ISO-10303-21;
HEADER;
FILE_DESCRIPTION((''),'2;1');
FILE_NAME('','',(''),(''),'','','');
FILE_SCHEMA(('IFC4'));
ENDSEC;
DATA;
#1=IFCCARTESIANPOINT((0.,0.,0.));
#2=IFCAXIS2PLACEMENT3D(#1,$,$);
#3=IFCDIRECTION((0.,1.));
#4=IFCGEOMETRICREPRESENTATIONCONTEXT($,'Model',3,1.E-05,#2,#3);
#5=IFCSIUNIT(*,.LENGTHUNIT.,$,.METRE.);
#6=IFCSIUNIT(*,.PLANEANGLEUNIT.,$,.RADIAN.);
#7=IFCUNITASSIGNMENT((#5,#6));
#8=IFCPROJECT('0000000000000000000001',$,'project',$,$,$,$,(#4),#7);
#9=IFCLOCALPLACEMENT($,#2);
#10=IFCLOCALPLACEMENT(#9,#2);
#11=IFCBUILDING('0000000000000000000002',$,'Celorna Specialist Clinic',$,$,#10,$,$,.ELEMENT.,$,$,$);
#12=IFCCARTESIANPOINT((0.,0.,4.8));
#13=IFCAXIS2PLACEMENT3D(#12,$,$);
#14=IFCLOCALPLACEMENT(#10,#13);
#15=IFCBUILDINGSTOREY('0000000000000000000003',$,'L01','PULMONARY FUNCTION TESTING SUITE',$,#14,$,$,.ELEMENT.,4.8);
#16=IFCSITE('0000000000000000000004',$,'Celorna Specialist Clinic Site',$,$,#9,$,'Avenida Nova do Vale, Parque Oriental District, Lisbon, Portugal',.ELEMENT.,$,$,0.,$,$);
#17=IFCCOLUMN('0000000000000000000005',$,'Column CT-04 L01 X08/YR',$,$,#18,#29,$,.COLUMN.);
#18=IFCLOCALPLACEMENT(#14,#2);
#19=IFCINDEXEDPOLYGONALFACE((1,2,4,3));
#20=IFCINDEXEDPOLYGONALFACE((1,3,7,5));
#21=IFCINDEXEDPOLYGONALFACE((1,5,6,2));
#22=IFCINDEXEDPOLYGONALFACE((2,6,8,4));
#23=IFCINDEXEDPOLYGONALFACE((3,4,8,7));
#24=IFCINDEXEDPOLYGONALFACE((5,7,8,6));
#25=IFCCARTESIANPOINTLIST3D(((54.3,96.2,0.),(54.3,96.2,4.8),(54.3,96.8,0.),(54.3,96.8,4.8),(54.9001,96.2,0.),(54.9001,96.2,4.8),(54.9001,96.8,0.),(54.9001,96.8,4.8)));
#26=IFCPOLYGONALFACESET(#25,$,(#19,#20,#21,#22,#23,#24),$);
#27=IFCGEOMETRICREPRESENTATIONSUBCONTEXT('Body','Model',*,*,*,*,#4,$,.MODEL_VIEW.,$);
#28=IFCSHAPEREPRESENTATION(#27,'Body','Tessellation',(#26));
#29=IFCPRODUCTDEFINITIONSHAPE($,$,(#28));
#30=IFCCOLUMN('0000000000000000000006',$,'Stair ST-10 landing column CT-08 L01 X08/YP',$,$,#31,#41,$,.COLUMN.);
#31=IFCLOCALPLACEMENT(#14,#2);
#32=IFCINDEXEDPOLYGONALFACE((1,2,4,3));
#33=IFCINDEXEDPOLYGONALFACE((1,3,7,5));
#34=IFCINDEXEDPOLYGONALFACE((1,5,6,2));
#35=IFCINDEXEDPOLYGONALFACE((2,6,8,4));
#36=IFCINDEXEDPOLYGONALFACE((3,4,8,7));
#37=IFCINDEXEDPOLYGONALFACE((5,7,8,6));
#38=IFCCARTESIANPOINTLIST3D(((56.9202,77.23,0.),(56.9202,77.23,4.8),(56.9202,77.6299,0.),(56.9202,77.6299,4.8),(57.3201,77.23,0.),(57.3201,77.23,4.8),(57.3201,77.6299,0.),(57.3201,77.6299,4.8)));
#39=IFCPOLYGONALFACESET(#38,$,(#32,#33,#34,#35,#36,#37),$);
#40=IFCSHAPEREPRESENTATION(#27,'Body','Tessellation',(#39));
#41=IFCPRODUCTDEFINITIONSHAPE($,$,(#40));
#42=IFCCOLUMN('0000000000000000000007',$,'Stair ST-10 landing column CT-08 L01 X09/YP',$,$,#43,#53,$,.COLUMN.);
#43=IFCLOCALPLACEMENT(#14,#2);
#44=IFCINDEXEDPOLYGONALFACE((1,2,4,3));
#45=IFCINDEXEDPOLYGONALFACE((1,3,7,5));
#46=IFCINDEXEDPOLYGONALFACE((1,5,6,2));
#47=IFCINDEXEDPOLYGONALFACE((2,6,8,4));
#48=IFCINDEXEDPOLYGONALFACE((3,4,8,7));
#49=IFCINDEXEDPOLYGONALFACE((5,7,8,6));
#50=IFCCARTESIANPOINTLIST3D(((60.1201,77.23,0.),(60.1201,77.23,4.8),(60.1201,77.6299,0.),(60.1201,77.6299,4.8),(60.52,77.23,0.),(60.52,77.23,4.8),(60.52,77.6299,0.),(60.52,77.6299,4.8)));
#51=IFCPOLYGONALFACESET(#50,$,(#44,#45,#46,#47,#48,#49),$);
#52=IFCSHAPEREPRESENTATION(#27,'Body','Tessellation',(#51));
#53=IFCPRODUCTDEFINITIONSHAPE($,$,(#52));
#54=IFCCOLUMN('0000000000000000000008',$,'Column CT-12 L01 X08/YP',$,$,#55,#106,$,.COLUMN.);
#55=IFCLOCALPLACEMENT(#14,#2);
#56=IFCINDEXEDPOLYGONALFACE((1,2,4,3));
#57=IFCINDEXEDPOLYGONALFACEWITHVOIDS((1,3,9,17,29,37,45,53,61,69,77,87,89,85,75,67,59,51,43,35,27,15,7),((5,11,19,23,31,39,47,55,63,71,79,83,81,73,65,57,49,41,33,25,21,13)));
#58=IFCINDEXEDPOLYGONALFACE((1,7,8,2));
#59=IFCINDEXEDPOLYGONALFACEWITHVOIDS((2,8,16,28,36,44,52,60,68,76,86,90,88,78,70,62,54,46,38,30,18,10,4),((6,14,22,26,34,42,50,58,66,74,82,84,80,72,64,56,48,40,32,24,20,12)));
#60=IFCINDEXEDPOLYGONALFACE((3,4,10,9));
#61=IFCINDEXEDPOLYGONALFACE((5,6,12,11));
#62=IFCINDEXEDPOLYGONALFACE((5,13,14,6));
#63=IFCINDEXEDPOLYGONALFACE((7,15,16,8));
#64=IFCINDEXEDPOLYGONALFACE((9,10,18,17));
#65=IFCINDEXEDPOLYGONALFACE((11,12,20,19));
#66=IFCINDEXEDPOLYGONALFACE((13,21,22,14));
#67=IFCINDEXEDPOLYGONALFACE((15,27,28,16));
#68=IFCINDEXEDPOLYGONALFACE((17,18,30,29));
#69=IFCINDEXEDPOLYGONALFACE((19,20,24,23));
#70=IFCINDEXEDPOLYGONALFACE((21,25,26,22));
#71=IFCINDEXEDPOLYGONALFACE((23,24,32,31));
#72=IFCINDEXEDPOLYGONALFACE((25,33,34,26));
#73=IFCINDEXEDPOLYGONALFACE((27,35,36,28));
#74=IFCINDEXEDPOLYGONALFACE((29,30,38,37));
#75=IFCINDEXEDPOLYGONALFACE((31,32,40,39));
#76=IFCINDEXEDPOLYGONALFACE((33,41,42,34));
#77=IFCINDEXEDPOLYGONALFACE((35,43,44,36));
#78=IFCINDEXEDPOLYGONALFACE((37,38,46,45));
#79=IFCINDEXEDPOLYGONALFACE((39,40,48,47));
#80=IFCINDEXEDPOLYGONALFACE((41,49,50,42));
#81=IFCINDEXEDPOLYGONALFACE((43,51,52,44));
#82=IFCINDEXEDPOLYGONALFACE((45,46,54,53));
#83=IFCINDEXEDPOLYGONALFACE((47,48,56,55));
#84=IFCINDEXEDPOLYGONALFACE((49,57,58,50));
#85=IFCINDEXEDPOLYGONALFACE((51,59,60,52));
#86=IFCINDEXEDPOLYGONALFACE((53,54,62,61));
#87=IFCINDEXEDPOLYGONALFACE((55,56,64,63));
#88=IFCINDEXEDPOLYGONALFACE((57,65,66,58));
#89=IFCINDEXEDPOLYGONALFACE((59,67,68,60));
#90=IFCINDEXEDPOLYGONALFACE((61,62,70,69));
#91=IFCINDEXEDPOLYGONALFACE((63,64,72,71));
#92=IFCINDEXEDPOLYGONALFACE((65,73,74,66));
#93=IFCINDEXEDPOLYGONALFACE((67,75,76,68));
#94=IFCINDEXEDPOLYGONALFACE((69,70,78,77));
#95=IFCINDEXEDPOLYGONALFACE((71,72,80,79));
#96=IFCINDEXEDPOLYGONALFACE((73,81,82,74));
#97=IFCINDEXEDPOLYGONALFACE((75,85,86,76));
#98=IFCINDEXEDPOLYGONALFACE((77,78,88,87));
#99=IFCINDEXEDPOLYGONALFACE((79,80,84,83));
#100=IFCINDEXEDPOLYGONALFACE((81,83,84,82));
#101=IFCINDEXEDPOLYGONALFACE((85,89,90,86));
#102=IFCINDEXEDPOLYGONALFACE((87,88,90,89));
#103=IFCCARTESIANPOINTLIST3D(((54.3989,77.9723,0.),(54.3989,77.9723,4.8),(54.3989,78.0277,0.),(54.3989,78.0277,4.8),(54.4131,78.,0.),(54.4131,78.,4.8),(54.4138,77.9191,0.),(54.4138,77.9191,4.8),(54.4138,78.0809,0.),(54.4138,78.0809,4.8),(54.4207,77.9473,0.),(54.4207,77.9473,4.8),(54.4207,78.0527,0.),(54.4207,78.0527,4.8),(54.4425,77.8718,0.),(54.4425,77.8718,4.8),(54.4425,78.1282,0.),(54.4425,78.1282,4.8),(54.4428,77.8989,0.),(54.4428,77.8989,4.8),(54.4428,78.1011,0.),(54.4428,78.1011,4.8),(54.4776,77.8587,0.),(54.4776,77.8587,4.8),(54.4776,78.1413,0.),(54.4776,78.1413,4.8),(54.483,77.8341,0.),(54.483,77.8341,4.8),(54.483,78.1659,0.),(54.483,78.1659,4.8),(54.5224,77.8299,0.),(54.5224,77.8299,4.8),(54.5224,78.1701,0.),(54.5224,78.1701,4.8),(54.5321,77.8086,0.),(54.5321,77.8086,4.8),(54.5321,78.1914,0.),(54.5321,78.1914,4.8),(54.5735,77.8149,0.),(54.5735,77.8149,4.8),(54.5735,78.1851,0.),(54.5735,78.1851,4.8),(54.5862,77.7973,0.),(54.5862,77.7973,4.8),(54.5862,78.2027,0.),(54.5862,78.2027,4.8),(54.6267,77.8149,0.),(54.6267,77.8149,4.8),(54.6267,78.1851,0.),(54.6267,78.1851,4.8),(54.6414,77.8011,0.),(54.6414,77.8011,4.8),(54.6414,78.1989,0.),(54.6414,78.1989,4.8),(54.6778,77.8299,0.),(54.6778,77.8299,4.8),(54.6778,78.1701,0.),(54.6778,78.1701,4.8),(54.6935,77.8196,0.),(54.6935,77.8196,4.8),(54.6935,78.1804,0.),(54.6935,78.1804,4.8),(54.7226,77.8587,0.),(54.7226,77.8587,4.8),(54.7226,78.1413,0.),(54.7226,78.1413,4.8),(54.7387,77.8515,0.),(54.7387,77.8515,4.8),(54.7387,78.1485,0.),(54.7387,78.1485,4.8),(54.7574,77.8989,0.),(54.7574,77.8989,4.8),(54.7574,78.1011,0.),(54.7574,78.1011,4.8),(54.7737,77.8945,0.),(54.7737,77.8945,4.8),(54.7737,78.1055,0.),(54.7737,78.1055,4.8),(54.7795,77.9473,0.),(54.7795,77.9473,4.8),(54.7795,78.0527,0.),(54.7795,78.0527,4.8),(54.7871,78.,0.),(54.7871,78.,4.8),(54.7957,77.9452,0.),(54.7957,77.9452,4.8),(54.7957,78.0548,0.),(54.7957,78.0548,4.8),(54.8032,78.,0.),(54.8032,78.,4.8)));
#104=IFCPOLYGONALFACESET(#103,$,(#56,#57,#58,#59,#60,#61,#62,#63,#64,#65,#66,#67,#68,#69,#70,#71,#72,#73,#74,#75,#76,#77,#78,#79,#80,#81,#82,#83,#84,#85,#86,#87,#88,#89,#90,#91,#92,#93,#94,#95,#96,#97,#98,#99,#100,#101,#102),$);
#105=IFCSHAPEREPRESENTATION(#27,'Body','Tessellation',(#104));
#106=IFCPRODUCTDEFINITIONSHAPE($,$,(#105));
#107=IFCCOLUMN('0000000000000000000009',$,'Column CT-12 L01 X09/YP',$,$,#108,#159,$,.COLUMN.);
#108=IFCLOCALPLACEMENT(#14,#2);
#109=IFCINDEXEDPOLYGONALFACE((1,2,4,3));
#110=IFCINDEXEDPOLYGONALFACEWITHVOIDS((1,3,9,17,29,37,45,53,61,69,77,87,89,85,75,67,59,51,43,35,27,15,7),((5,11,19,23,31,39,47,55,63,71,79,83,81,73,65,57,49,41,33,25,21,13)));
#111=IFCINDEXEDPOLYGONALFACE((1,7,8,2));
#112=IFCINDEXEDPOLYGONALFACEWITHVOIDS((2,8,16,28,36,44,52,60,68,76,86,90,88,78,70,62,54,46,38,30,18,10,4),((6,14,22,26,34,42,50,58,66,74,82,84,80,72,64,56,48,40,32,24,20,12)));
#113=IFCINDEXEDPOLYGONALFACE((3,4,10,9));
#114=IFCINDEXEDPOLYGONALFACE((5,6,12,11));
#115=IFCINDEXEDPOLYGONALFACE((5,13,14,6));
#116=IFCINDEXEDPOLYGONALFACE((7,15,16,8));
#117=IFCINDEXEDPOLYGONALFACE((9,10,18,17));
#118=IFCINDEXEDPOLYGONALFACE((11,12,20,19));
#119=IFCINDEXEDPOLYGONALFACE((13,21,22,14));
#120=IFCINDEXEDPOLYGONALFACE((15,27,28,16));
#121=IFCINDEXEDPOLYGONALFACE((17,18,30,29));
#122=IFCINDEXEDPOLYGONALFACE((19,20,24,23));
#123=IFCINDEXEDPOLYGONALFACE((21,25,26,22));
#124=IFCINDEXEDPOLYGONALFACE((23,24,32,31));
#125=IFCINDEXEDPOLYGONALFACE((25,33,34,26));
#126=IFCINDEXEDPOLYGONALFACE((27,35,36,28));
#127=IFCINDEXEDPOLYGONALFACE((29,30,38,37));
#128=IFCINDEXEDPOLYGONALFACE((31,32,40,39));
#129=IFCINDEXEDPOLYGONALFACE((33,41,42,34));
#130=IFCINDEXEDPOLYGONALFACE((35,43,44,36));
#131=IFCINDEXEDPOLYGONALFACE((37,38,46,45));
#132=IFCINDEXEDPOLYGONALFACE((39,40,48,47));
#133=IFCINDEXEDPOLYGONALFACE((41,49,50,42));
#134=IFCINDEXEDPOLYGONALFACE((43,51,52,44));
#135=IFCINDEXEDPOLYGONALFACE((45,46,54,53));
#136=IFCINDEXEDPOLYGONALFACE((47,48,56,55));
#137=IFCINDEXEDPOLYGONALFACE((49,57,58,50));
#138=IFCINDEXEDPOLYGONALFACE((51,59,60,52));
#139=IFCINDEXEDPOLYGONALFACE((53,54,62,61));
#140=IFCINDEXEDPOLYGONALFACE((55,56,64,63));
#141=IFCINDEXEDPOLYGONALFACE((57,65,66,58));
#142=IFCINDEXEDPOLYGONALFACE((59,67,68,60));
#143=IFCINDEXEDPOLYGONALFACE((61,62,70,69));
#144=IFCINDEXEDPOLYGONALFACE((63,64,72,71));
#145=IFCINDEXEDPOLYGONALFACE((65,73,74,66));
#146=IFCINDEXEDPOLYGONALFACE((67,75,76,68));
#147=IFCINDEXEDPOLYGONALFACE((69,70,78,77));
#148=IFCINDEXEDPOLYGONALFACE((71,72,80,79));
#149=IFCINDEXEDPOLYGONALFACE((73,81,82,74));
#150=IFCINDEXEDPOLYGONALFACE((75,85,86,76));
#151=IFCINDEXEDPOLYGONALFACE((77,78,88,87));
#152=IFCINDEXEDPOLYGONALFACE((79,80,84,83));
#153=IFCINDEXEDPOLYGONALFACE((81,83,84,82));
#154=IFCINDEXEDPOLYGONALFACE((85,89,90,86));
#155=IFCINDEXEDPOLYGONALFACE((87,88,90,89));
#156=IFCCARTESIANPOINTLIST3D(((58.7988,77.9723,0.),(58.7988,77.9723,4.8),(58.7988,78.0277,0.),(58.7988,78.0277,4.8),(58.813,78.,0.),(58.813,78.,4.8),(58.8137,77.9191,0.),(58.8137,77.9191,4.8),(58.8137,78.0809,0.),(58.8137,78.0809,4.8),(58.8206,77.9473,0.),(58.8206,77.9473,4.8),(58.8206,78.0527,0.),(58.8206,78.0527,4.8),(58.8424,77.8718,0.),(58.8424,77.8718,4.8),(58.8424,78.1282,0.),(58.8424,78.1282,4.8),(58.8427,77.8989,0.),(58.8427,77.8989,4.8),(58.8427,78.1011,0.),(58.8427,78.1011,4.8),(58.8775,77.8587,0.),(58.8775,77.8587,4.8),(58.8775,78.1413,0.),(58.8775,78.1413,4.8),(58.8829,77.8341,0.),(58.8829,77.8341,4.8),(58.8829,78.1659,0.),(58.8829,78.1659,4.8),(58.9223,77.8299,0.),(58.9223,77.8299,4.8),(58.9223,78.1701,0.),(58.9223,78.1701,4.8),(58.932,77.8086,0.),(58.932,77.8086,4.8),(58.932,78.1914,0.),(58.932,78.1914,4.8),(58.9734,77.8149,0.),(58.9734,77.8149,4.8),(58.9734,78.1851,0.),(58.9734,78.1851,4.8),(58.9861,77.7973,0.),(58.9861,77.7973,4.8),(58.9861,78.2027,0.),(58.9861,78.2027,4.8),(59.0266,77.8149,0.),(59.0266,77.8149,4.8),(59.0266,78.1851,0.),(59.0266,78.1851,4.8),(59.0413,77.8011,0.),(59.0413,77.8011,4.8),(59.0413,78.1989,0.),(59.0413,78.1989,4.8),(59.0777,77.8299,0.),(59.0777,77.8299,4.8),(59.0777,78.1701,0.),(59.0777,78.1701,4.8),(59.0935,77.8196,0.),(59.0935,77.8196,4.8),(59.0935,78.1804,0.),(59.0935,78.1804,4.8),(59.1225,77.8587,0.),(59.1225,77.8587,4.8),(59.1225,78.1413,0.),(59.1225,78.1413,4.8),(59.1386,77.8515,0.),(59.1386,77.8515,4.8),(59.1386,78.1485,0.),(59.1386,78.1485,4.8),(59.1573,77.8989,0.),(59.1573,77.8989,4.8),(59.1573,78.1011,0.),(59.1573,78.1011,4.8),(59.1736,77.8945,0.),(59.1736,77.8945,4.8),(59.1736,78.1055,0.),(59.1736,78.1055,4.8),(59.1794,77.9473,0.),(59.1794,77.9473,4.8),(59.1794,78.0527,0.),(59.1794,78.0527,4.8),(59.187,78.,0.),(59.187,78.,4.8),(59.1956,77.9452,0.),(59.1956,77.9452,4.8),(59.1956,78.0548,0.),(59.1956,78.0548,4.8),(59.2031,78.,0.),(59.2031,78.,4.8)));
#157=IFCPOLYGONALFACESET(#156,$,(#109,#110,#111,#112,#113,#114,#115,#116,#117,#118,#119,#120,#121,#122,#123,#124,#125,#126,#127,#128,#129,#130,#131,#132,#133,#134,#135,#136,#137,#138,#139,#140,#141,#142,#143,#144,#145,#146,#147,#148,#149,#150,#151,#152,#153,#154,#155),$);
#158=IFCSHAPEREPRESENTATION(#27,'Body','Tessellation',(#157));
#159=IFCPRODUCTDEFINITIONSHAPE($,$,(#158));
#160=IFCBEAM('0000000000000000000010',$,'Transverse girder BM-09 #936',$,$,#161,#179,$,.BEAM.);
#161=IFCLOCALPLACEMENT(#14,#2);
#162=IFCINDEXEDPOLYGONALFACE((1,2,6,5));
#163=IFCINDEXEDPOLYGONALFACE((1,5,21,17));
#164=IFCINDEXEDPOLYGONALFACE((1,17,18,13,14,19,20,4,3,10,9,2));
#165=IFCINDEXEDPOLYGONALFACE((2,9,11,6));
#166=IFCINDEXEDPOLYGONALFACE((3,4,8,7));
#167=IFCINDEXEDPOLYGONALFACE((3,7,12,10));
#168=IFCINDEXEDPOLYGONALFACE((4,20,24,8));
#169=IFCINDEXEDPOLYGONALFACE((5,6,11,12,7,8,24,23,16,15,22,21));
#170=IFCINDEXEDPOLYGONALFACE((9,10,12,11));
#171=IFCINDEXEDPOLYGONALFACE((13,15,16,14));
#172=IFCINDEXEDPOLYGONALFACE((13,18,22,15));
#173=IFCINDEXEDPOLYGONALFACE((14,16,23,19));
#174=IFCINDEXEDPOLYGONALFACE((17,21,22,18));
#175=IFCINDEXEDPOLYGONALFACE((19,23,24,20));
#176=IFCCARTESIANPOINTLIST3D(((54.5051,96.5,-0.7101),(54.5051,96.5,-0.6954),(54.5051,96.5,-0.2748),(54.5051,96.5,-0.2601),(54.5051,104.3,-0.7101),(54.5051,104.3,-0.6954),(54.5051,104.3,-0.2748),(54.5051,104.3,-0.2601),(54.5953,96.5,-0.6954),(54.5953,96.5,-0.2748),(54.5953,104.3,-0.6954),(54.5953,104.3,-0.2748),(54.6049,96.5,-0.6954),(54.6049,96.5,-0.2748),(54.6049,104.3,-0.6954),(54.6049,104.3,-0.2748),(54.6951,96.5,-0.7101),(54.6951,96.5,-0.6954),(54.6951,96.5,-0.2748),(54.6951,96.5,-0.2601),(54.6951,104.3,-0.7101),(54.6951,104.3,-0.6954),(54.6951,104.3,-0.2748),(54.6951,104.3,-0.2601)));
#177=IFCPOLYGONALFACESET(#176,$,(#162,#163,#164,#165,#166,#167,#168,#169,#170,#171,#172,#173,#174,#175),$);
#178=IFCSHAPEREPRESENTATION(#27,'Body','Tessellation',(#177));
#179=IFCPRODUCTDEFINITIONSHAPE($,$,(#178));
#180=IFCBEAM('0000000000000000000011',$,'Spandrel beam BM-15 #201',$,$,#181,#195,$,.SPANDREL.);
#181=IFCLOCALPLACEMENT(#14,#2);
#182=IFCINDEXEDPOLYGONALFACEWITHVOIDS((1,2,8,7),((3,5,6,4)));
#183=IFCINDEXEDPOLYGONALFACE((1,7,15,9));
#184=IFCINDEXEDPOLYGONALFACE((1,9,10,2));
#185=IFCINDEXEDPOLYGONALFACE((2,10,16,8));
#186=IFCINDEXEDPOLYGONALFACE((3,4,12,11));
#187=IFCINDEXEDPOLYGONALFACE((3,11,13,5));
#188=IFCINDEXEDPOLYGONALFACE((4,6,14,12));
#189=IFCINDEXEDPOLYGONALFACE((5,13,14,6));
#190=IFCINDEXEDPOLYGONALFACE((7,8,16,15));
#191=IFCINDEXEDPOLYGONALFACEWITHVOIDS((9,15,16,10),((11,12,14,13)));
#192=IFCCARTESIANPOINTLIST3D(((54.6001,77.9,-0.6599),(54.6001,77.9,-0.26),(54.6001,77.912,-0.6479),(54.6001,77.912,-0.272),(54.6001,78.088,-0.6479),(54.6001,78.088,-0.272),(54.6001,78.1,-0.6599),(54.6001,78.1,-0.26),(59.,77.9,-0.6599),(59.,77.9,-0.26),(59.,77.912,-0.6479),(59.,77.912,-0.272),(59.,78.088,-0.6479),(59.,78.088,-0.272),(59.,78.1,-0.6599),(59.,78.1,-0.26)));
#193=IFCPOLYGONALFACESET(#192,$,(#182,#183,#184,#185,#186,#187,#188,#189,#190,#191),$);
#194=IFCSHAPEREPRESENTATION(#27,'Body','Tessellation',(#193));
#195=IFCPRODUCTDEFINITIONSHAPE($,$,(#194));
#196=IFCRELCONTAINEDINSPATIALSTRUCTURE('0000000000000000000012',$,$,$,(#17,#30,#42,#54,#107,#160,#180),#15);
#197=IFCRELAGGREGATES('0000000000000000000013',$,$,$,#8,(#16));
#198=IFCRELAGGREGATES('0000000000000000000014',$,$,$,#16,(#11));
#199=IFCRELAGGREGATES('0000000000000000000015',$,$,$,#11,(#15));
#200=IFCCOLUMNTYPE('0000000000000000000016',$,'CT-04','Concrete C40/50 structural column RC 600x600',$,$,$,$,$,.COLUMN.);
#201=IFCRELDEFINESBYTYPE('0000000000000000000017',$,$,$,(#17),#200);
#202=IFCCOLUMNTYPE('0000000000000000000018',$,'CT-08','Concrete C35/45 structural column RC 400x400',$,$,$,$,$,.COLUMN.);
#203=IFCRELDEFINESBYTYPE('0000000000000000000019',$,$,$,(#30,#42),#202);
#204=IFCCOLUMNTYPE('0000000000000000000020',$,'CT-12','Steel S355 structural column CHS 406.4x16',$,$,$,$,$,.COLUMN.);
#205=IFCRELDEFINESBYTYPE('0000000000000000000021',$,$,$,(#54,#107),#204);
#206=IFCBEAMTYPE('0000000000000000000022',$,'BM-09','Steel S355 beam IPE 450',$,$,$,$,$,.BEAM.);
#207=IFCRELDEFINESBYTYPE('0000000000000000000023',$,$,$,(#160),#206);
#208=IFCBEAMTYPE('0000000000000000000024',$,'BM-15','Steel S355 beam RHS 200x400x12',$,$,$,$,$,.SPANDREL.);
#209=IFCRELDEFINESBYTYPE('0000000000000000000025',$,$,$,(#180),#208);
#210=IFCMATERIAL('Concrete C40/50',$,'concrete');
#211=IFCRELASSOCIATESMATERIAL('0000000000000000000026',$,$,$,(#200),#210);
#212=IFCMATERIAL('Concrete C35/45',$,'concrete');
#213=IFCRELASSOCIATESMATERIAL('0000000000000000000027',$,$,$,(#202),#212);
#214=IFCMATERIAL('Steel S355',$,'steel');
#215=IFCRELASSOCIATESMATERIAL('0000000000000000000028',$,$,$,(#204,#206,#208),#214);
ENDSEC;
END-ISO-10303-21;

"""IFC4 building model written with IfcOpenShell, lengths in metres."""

from ifc_helpers import new_model, si_unit, direction, frame, origin, origin_2d, place, context, subcontext, project, spatial, rectangle, hollow_rectangle, hollow_circle, i_section, extrude, material, material_profile, profile_set, type_object, element, save


model = new_model("IFC4")

# Units and contexts
model_context = context("Model", 3, precision=1e-05, world=origin(), true_north=direction((0.0, 1.0)))
body_context = subcontext(model_context, "Body", "Model", "MODEL_VIEW")
ifc_project = project(units=[si_unit("LENGTHUNIT", "METRE"), si_unit("PLANEANGLEUNIT", "RADIAN")], contexts=[model_context])

# Site, building, storey
site_placement = place(None, origin())
site = spatial("IfcSite", under=ifc_project, at=site_placement, Name="Celorna Specialist Clinic Site", LongName="Avenida Nova do Vale, Parque Oriental District, Lisbon, Portugal", CompositionType="ELEMENT", RefElevation=0.0)
building_placement = place(site_placement, origin())
building = spatial("IfcBuilding", under=site, at=building_placement, Name="Celorna Specialist Clinic", CompositionType="ELEMENT")
storey_placement = place(building_placement, frame((0.0, 0.0, 4.8)))
storey = spatial("IfcBuildingStorey", under=building, at=storey_placement, Name="L01", Description="PULMONARY FUNCTION TESTING SUITE", CompositionType="ELEMENT", Elevation=4.8)

# Columns
ifc_material_1 = material(Name="Concrete C40/50", Category="concrete")
ifc_material_profile_1 = material_profile(ifc_material_1, rectangle(XDim=0.6001, YDim=0.6001, at=origin_2d()), Name="RC 600x600")
ifc_profile_set_1 = profile_set([ifc_material_profile_1], Name="Concrete C40/50")
column_type_1 = type_object("IfcColumnType", Name="CT-04", Description="Concrete C40/50 structural column RC 600x600", PredefinedType="COLUMN", material=ifc_profile_set_1)
column_placement = place(storey_placement, frame((54.6001, 96.5, 0.0), z_axis=(0.0, 0.0, 1.0), x_axis=(1.0, 0.0, 0.0)))
element("IfcColumn", 1, at=column_placement, inside=storey, type_object=column_type_1, Name="Column CT-04 L01 X08/YR", PredefinedType="COLUMN", context=body_context, shape_type="SweptSolid", body=[
    extrude(rectangle(XDim=0.6001, YDim=0.6001, at=origin_2d()), origin(), (0.0, 0.0, 1.0), 4.8),
])
ifc_material_2 = material(Name="Concrete C35/45", Category="concrete")
ifc_material_profile_2 = material_profile(ifc_material_2, rectangle(XDim=0.3999, YDim=0.3999, at=origin_2d()), Name="RC 400x400")
ifc_profile_set_2 = profile_set([ifc_material_profile_2], Name="Concrete C35/45")
column_type_2 = type_object("IfcColumnType", Name="CT-08", Description="Concrete C35/45 structural column RC 400x400", PredefinedType="COLUMN", material=ifc_profile_set_2)
for number, where, z_axis, x_axis, name in (
    (2, (57.1201, 77.4299, 0.0), (0.0, 0.0, 1.0), (1.0, 0.0, 0.0), "Stair ST-10 landing column CT-08 L01 X08/YP"),
    (3, (60.3201, 77.4299, 0.0), (0.0, 0.0, 1.0), (1.0, 0.0, 0.0), "Stair ST-10 landing column CT-08 L01 X09/YP"),
):
    element("IfcColumn", number, at=place(storey_placement, frame(where, z_axis=z_axis, x_axis=x_axis)), inside=storey, type_object=column_type_2, Name=name, PredefinedType="COLUMN", context=body_context, shape_type="SweptSolid", body=[
        extrude(rectangle(XDim=0.3999, YDim=0.3999, at=origin_2d()), origin(), (0.0, 0.0, 1.0), 4.8),
    ])
ifc_material_3 = material(Name="Steel S355", Category="steel")
ifc_material_profile_3 = material_profile(ifc_material_3, hollow_circle(Radius=0.2031, WallThickness=0.0161, at=origin_2d()), Name="CHS 406.4x16")
ifc_profile_set_3 = profile_set([ifc_material_profile_3], Name="Steel S355")
column_type_3 = type_object("IfcColumnType", Name="CT-12", Description="Steel S355 structural column CHS 406.4x16", PredefinedType="COLUMN", material=ifc_profile_set_3)
for number, where, z_axis, x_axis, name in (
    (4, (54.6001, 78.0, 0.0), (0.0, 0.0, 1.0), (1.0, 0.0, 0.0), "Column CT-12 L01 X08/YP"),
    (5, (59.0, 78.0, 0.0), (0.0, 0.0, 1.0), (1.0, 0.0, 0.0), "Column CT-12 L01 X09/YP"),
):
    element("IfcColumn", number, at=place(storey_placement, frame(where, z_axis=z_axis, x_axis=x_axis)), inside=storey, type_object=column_type_3, Name=name, PredefinedType="COLUMN", context=body_context, shape_type="SweptSolid", body=[
        extrude(hollow_circle(Radius=0.2031, WallThickness=0.0161, at=origin_2d()), origin(), (0.0, 0.0, 1.0), 4.8),
    ])

# Beams
ifc_material_profile_4 = material_profile(ifc_material_3, i_section(OverallWidth=0.1899, OverallDepth=0.45, WebThickness=0.0095, FlangeThickness=0.0146, at=origin_2d()), Name="IPE 450")
ifc_profile_set_4 = profile_set([ifc_material_profile_4], Name="Steel S355")
beam_type_1 = type_object("IfcBeamType", Name="BM-09", Description="Steel S355 beam IPE 450", PredefinedType="BEAM", material=ifc_profile_set_4)
beam_1_placement = place(storey_placement, frame((54.6001, 96.5, -0.4851), z_axis=(0.0, 1.0, 0.0), x_axis=(-1.0, 0.0, 0.0)))
element("IfcBeam", 6, at=beam_1_placement, inside=storey, type_object=beam_type_1, Name="Transverse girder BM-09 #936", PredefinedType="BEAM", context=body_context, shape_type="SweptSolid", body=[
    extrude(i_section(OverallWidth=0.1899, OverallDepth=0.45, WebThickness=0.0095, FlangeThickness=0.0146, at=origin_2d()), origin(), (0.0, 0.0, 1.0), 7.8),
])
ifc_material_profile_5 = material_profile(ifc_material_3, hollow_rectangle(XDim=0.2, YDim=0.3999, WallThickness=0.012, at=origin_2d()), Name="RHS 200x400x12")
ifc_profile_set_5 = profile_set([ifc_material_profile_5], Name="Steel S355")
beam_type_2 = type_object("IfcBeamType", Name="BM-15", Description="Steel S355 beam RHS 200x400x12", PredefinedType="SPANDREL", material=ifc_profile_set_5)
for number, where, z_axis, x_axis, name in (
    (7, (54.6001, 78.0, -0.46), (1.0, 0.0, 0.0), (0.0, 1.0, 0.0), "Spandrel beam BM-15 #201"),
):
    element("IfcBeam", number, at=place(storey_placement, frame(where, z_axis=z_axis, x_axis=x_axis)), inside=storey, type_object=beam_type_2, Name=name, PredefinedType="SPANDREL", context=body_context, shape_type="SweptSolid", body=[
        extrude(hollow_rectangle(XDim=0.2, YDim=0.3999, WallThickness=0.012, at=origin_2d()), origin(), (0.0, 0.0, 1.0), 4.3999),
    ])

save(model, "model.ifc")
